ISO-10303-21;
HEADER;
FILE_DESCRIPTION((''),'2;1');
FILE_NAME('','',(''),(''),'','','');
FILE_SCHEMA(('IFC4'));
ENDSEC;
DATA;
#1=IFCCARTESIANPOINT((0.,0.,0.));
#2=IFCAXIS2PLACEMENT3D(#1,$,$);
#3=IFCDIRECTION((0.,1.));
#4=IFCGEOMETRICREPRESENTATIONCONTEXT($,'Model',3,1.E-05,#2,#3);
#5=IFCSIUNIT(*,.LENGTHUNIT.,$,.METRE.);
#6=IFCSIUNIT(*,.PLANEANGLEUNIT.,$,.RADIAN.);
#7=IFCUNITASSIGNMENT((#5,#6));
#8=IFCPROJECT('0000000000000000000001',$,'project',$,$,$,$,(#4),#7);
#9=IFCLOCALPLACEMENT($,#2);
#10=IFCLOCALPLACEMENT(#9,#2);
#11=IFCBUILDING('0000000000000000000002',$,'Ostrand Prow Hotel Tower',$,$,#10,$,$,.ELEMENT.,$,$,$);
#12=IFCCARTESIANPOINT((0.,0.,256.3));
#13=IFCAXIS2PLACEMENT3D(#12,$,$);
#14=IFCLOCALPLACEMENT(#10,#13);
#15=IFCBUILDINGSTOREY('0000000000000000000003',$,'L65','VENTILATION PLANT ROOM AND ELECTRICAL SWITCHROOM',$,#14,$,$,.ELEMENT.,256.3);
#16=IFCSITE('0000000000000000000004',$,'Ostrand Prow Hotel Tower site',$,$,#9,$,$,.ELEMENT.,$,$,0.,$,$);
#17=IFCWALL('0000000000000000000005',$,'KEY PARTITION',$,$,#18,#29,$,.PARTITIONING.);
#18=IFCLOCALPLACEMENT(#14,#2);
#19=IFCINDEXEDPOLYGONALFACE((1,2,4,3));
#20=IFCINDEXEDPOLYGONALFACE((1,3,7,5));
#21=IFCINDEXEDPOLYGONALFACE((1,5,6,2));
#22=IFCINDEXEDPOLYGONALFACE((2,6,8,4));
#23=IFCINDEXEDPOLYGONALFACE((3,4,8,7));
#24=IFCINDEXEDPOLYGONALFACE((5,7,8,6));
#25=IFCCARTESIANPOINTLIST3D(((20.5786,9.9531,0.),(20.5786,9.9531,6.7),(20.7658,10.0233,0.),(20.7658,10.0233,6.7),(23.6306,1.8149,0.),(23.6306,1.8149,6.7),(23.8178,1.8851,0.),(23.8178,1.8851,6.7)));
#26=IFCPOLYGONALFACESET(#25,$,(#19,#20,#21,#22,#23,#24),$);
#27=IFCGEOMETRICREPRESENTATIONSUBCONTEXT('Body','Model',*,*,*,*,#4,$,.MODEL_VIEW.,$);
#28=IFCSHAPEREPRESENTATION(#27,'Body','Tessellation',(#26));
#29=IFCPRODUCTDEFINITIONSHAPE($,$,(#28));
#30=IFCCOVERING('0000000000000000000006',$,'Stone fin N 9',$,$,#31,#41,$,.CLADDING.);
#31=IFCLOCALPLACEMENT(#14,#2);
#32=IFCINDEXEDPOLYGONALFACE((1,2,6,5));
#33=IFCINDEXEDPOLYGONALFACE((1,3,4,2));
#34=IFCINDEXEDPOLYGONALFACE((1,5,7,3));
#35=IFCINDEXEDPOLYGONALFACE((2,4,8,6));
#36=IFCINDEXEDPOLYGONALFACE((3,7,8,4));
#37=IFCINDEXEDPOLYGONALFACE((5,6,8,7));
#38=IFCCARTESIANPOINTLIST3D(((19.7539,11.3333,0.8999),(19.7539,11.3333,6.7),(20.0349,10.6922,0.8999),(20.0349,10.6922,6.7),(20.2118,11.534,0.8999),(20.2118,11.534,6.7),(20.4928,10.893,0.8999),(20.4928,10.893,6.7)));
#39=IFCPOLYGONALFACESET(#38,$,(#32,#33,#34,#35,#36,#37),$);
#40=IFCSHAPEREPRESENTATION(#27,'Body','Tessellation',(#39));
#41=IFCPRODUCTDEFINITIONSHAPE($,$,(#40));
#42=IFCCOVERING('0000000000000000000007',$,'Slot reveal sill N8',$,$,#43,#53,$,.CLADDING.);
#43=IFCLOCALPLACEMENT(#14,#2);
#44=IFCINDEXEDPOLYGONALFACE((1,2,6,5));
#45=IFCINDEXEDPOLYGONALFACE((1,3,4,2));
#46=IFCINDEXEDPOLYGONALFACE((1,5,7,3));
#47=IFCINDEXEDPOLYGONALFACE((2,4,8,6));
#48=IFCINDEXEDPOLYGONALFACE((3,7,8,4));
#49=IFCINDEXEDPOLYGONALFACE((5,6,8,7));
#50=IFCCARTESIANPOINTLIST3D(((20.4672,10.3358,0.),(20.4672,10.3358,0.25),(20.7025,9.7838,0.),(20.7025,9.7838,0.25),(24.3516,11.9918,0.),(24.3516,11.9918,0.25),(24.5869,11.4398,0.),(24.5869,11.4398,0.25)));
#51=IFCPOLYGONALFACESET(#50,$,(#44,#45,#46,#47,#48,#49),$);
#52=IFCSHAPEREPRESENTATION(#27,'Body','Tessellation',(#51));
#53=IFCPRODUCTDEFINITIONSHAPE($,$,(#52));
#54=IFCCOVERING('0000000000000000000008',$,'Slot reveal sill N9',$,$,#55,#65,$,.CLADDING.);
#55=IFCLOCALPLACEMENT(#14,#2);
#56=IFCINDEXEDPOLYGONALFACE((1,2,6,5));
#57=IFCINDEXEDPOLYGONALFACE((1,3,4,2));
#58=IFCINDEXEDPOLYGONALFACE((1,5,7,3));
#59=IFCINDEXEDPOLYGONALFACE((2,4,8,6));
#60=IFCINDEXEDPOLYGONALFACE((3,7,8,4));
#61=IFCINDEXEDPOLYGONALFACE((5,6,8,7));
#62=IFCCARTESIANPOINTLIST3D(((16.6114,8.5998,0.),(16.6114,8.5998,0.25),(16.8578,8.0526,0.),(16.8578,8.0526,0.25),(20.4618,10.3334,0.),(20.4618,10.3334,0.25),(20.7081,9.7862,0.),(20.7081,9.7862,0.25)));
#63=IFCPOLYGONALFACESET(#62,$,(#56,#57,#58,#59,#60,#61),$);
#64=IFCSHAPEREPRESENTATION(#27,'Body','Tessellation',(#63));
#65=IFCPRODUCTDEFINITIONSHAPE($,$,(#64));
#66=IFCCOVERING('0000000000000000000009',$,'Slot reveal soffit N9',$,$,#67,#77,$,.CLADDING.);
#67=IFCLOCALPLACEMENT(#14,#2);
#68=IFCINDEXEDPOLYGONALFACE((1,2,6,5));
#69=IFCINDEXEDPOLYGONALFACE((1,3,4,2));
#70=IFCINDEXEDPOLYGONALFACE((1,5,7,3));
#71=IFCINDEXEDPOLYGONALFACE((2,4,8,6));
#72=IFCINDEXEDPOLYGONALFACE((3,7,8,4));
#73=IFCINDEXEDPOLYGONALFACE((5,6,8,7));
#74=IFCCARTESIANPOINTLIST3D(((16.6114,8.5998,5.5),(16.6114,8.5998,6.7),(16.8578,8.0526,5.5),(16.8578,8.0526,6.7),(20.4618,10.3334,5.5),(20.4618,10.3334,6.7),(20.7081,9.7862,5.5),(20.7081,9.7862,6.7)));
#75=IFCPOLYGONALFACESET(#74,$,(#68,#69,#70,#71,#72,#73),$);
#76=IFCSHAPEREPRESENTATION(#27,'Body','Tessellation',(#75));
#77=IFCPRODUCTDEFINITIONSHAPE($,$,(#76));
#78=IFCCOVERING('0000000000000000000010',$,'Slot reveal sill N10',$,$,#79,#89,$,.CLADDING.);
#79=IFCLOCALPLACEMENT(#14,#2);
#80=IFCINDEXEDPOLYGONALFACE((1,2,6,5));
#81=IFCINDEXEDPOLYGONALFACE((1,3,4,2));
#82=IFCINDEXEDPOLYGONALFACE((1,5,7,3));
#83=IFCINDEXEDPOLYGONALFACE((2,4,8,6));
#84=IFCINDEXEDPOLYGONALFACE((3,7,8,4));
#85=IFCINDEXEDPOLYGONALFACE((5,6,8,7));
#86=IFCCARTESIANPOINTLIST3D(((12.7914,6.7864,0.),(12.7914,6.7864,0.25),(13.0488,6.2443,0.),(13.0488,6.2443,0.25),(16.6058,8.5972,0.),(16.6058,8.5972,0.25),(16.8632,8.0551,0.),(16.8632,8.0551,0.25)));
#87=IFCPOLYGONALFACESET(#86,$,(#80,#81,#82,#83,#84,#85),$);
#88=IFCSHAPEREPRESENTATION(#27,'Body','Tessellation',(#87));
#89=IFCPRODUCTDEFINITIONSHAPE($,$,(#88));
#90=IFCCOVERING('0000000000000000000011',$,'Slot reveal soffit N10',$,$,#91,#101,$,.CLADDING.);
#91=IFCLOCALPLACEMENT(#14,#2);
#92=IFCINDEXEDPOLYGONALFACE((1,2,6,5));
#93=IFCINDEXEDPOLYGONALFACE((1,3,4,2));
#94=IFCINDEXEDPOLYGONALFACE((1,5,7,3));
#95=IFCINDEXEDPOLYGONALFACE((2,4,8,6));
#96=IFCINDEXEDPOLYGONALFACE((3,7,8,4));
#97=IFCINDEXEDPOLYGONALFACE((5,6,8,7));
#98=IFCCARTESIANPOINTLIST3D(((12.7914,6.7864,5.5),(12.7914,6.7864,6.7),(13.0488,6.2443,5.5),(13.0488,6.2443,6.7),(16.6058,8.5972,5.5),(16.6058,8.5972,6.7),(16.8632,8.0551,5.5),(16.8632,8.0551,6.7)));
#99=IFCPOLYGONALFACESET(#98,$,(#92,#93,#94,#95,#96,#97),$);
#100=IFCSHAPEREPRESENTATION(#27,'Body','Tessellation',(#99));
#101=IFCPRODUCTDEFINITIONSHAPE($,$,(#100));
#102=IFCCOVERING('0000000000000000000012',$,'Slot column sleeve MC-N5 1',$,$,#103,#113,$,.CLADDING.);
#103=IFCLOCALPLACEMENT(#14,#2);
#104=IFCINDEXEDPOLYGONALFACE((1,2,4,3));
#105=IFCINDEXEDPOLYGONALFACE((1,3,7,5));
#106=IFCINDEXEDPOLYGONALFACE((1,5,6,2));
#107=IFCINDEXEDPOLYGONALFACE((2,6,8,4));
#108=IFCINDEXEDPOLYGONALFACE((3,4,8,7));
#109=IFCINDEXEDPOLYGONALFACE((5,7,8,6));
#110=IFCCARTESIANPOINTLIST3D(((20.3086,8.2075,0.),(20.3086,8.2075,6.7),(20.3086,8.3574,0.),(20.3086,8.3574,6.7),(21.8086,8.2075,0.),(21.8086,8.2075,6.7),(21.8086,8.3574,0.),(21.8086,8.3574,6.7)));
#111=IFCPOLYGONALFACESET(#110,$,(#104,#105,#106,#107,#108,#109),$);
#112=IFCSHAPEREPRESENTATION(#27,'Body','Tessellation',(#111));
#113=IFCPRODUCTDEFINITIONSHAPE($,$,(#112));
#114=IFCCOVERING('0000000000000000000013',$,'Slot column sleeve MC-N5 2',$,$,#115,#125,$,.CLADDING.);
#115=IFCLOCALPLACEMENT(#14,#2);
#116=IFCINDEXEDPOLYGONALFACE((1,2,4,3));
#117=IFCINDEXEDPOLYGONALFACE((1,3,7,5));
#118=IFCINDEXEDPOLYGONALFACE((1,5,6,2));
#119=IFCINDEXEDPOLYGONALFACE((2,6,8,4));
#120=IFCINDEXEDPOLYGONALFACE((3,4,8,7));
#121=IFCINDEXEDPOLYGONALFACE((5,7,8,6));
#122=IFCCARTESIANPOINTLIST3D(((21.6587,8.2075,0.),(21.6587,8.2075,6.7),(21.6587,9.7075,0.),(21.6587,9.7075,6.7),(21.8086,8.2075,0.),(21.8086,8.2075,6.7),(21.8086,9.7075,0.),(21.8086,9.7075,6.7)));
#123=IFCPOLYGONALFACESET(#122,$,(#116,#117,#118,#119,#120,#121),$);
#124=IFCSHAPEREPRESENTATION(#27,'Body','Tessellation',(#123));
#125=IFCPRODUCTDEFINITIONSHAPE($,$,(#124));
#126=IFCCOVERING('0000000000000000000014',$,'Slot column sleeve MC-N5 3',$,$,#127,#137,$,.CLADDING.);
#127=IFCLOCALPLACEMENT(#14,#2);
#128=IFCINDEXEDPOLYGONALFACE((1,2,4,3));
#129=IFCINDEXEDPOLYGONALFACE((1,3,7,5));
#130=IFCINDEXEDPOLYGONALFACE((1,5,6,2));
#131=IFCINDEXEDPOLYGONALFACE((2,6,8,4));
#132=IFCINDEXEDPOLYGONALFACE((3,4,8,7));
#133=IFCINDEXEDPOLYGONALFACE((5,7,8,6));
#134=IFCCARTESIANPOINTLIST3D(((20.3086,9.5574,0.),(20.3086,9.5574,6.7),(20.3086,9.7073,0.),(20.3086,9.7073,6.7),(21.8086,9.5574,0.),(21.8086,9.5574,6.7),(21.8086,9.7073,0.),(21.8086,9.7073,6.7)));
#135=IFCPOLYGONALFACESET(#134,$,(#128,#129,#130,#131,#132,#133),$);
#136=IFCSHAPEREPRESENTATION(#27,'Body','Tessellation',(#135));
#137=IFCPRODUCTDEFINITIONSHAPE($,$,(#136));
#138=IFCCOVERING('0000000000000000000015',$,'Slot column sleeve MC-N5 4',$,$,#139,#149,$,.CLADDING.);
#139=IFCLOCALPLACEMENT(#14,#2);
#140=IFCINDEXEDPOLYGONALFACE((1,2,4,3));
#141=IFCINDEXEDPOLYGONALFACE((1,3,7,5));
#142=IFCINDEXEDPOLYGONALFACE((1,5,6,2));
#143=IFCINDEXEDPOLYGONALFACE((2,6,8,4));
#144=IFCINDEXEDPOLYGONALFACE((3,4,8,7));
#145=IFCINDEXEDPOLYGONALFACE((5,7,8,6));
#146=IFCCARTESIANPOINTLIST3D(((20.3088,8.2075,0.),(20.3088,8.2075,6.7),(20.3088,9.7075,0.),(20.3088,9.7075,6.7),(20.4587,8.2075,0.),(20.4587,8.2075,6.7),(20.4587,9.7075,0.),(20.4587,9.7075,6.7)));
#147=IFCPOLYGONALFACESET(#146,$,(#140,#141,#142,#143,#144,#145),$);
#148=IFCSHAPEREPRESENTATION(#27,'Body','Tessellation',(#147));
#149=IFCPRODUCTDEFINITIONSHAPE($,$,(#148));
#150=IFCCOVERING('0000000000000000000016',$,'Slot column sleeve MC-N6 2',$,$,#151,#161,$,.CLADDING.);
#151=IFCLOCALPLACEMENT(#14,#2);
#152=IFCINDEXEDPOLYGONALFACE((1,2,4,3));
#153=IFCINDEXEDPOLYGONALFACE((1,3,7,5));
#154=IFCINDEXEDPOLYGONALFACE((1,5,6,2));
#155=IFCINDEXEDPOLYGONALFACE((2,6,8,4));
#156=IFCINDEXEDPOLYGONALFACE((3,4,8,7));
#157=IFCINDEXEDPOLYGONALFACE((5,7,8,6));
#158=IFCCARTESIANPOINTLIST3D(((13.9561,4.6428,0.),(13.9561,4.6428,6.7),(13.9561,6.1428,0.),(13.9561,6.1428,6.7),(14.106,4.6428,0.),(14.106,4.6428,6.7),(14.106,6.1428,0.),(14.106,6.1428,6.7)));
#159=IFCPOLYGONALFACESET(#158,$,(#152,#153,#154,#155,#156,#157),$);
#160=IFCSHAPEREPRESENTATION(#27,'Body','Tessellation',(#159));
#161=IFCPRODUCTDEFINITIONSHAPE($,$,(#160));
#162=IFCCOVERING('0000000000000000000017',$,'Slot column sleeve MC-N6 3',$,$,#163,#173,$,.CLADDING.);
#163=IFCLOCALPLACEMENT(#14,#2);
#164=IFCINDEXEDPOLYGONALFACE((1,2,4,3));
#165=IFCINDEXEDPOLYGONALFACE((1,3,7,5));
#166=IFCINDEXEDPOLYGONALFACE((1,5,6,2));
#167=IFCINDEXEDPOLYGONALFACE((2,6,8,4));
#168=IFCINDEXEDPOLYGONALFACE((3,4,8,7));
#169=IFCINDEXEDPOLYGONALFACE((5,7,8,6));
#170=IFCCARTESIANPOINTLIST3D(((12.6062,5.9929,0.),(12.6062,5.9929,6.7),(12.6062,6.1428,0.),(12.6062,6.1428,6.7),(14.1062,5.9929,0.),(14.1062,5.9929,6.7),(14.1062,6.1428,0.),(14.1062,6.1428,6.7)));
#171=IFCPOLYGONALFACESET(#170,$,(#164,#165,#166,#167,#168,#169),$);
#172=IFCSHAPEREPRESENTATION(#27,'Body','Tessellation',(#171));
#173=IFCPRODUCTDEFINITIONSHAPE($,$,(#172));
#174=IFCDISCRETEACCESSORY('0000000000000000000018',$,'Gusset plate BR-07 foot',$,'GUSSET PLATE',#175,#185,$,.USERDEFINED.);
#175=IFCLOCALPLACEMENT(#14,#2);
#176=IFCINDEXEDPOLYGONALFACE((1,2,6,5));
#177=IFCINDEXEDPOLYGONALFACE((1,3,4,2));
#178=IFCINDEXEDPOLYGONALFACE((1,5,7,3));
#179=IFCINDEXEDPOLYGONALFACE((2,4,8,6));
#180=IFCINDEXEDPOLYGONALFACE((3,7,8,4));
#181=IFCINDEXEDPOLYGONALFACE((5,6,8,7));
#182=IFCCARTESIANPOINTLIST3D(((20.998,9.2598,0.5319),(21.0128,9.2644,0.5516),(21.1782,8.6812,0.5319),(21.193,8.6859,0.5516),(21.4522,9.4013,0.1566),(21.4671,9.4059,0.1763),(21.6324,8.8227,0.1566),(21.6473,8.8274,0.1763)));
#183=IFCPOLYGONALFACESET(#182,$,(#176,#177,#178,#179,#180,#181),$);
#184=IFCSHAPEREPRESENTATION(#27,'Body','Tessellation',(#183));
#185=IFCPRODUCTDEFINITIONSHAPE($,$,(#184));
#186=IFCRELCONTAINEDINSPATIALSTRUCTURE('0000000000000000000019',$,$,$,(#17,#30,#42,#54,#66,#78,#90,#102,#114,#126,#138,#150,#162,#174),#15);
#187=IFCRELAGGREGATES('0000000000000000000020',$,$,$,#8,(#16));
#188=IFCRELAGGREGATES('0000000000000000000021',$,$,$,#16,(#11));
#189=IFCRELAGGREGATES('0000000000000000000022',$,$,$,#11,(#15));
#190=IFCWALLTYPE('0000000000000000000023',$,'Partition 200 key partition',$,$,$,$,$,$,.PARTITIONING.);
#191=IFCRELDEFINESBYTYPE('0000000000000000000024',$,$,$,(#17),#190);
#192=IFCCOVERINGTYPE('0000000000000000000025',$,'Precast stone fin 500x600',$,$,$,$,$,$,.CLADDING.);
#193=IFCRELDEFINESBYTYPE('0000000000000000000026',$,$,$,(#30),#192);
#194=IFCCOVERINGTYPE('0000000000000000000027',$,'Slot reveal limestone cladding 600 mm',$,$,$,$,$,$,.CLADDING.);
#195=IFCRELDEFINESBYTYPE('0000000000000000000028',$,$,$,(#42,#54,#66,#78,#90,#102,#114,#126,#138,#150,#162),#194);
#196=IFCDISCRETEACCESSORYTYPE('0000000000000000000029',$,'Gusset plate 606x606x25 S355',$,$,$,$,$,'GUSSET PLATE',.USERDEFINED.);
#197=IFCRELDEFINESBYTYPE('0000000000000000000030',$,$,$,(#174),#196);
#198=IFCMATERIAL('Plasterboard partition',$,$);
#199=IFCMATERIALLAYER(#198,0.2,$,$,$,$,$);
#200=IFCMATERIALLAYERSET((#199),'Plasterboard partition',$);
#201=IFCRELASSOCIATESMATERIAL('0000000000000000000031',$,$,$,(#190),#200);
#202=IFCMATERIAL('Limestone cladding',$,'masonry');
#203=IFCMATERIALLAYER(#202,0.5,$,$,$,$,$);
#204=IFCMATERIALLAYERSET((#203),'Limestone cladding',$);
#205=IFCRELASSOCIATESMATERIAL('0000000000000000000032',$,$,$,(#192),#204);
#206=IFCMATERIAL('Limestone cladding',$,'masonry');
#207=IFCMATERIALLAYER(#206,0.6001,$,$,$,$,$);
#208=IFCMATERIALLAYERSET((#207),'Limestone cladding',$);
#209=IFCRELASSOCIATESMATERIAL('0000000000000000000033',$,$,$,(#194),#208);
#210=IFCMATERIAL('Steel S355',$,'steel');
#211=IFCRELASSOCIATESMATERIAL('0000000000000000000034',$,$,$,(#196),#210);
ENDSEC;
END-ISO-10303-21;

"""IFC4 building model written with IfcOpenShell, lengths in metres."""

from ifc_helpers import new_model, si_unit, direction, frame, frame_2d, origin, origin_2d, place, context, subcontext, project, spatial, rectangle, extrude, material, layer, layer_set, material_profile, profile_set, type_object, element, save


model = new_model("IFC4")

# Units and contexts
model_context = context("Model", 3, precision=1e-05, world=origin(), true_north=direction((0.0, 1.0)))
body_context = subcontext(model_context, "Body", "Model", "MODEL_VIEW")
ifc_project = project(units=[si_unit("LENGTHUNIT", "METRE"), si_unit("PLANEANGLEUNIT", "RADIAN")], contexts=[model_context])

# Site, building, storey
site_placement = place(None, origin())
site = spatial("IfcSite", under=ifc_project, at=site_placement, Name="Ostrand Prow Hotel Tower site", CompositionType="ELEMENT", RefElevation=0.0)
building_placement = place(site_placement, origin())
building = spatial("IfcBuilding", under=site, at=building_placement, Name="Ostrand Prow Hotel Tower", CompositionType="ELEMENT")
storey_placement = place(building_placement, frame((0.0, 0.0, 256.3)))
storey = spatial("IfcBuildingStorey", under=building, at=storey_placement, Name="L65", Description="VENTILATION PLANT ROOM AND ELECTRICAL SWITCHROOM", CompositionType="ELEMENT", Elevation=256.3)

# Wall
ifc_material_1 = material(Name="Plasterboard partition")
ifc_layer_1 = layer(ifc_material_1, 0.2)
ifc_layer_set_1 = layer_set([ifc_layer_1], Name="Plasterboard partition")
wall_type_1 = type_object("IfcWallType", Name="Partition 200 key partition", PredefinedType="PARTITIONING", material=ifc_layer_set_1)
wall_1_placement = place(storey_placement, frame((23.7241, 1.8501, 0.0), z_axis=(0.0, 0.0, 1.0), x_axis=(-0.351142, 0.936322, 0.0)))
element("IfcWall", 1, at=wall_1_placement, inside=storey, type_object=wall_type_1, Name="KEY PARTITION", PredefinedType="PARTITIONING", context=body_context, shape_type="SweptSolid", body=[
    extrude(rectangle(XDim=8.6917, YDim=0.2, at=frame_2d((4.3457, 0.0))), origin(), (0.0, 0.0, 1.0), 6.7),
])

# Coverings
ifc_material_2 = material(Name="Limestone cladding", Category="masonry")
ifc_layer_2 = layer(ifc_material_2, 0.5)
ifc_layer_set_2 = layer_set([ifc_layer_2], Name="Limestone cladding")
covering_type_1 = type_object("IfcCoveringType", Name="Precast stone fin 500x600", PredefinedType="CLADDING", material=ifc_layer_set_2)
covering_1_placement = place(storey_placement, frame((20.2639, 10.7925, 0.8999), z_axis=(0.0, 0.0, 1.0), x_axis=(-0.401441, 0.915885, 0.0)))
element("IfcCovering", 2, at=covering_1_placement, inside=storey, type_object=covering_type_1, Name="Stone fin N 9", PredefinedType="CLADDING", context=body_context, shape_type="SweptSolid", body=[
    extrude(rectangle(XDim=0.7, YDim=0.5, at=frame_2d((0.3501, 0.0))), origin(), (0.0, 0.0, 1.0), 5.8),
])
ifc_material_3 = material(Name="Limestone cladding", Category="masonry")
ifc_layer_3 = layer(ifc_material_3, 0.6001)
ifc_layer_set_3 = layer_set([ifc_layer_3], Name="Limestone cladding")
covering_type_2 = type_object("IfcCoveringType", Name="Slot reveal limestone cladding 600 mm", PredefinedType="CLADDING", material=ifc_layer_set_3)
for number, where, z_axis, x_axis, name in (
    (3, (24.4692, 11.7158, 0.0), (0.0, 0.0, 1.0), (-0.919888, -0.392181, 0.0), "Slot reveal sill N8"),
    (4, (20.585, 10.0598, 0.0), (0.0, 0.0, 1.0), (-0.911834, -0.410559, 0.0), "Slot reveal sill N9"),
):
    element("IfcCovering", number, at=place(storey_placement, frame(where, z_axis=z_axis, x_axis=x_axis)), inside=storey, type_object=covering_type_2, Name=name, PredefinedType="CLADDING", context=body_context, shape_type="SweptSolid", body=[
        extrude(rectangle(XDim=4.2227, YDim=0.6001, at=frame_2d((2.1113, 0.0))), origin(), (0.0, 0.0, 1.0), 0.25),
    ])
covering_2_placement = place(storey_placement, frame((20.585, 10.0598, 5.5), z_axis=(0.0, 0.0, 1.0), x_axis=(-0.911834, -0.410559, 0.0)))
element("IfcCovering", 5, at=covering_2_placement, inside=storey, type_object=covering_type_2, Name="Slot reveal soffit N9", PredefinedType="CLADDING", context=body_context, shape_type="SweptSolid", body=[
    extrude(rectangle(XDim=4.2227, YDim=0.6001, at=frame_2d((2.1113, 0.0))), origin(), (0.0, 0.0, 1.0), 1.2),
])
covering_3_placement = place(storey_placement, frame((16.7346, 8.3262, 0.0), z_axis=(0.0, 0.0, 1.0), x_axis=(-0.903376, -0.428849, 0.0)))
element("IfcCovering", 6, at=covering_3_placement, inside=storey, type_object=covering_type_2, Name="Slot reveal sill N10", PredefinedType="CLADDING", context=body_context, shape_type="SweptSolid", body=[
    extrude(rectangle(XDim=4.2224, YDim=0.6001, at=frame_2d((2.1113, 0.0))), origin(), (0.0, 0.0, 1.0), 0.25),
])
covering_4_placement = place(storey_placement, frame((16.7346, 8.3262, 5.5), z_axis=(0.0, 0.0, 1.0), x_axis=(-0.903376, -0.428849, 0.0)))
element("IfcCovering", 7, at=covering_4_placement, inside=storey, type_object=covering_type_2, Name="Slot reveal soffit N10", PredefinedType="CLADDING", context=body_context, shape_type="SweptSolid", body=[
    extrude(rectangle(XDim=4.2224, YDim=0.6001, at=frame_2d((2.1113, 0.0))), origin(), (0.0, 0.0, 1.0), 1.2),
])
for number, where, z_axis, x_axis, name in (
    (8, (20.3086, 8.2825, 0.0), (0.0, 0.0, 1.0), (1.0, 0.0, 0.0), "Slot column sleeve MC-N5 1"),
    (9, (21.7336, 8.2075, 0.0), (0.0, 0.0, 1.0), (0.0, 1.0, 0.0), "Slot column sleeve MC-N5 2"),
    (10, (21.8086, 9.6323, 0.0), (0.0, 0.0, 1.0), (-1.0, 0.0, 0.0), "Slot column sleeve MC-N5 3"),
    (11, (20.3838, 9.7075, 0.0), (0.0, 0.0, 1.0), (0.0, -1.0, 0.0), "Slot column sleeve MC-N5 4"),
    (12, (14.031, 4.6428, 0.0), (0.0, 0.0, 1.0), (0.0, 1.0, 0.0), "Slot column sleeve MC-N6 2"),
    (13, (14.1062, 6.0679, 0.0), (0.0, 0.0, 1.0), (-1.0, 0.0, 0.0), "Slot column sleeve MC-N6 3"),
):
    element("IfcCovering", number, at=place(storey_placement, frame(where, z_axis=z_axis, x_axis=x_axis)), inside=storey, type_object=covering_type_2, Name=name, PredefinedType="CLADDING", context=body_context, shape_type="SweptSolid", body=[
        extrude(rectangle(XDim=1.5, YDim=0.1499, at=frame_2d((0.75, 0.0))), origin(), (0.0, 0.0, 1.0), 6.7),
    ])

# Discrete accessory
ifc_material_4 = material(Name="Steel S355", Category="steel")
ifc_material_profile_1 = material_profile(ifc_material_4, rectangle(XDim=0.606, YDim=0.606, at=origin_2d()), Name="PL 606x606x25")
ifc_profile_set_1 = profile_set([ifc_material_profile_1], Name="Steel S355")
discrete_accessory_type = type_object("IfcDiscreteAccessoryType", Name="Gusset plate 606x606x25 S355", ElementType="GUSSET PLATE", PredefinedType="USERDEFINED", material=ifc_profile_set_1)
discrete_accessory_placement = place(storey_placement, frame((21.3152, 9.0413, 0.3442), z_axis=(0.591286, 0.184171, 0.785151), x_axis=(-0.297384, 0.954758, 0.0)))
element("IfcDiscreteAccessory", 14, at=discrete_accessory_placement, inside=storey, type_object=discrete_accessory_type, Name="Gusset plate BR-07 foot", ObjectType="GUSSET PLATE", PredefinedType="USERDEFINED", context=body_context, shape_type="SweptSolid", body=[
    extrude(rectangle(XDim=0.606, YDim=0.606, at=origin_2d()), origin(), (0.0, 0.0, 1.0), 0.0251),
])

save(model, "model.ifc")
